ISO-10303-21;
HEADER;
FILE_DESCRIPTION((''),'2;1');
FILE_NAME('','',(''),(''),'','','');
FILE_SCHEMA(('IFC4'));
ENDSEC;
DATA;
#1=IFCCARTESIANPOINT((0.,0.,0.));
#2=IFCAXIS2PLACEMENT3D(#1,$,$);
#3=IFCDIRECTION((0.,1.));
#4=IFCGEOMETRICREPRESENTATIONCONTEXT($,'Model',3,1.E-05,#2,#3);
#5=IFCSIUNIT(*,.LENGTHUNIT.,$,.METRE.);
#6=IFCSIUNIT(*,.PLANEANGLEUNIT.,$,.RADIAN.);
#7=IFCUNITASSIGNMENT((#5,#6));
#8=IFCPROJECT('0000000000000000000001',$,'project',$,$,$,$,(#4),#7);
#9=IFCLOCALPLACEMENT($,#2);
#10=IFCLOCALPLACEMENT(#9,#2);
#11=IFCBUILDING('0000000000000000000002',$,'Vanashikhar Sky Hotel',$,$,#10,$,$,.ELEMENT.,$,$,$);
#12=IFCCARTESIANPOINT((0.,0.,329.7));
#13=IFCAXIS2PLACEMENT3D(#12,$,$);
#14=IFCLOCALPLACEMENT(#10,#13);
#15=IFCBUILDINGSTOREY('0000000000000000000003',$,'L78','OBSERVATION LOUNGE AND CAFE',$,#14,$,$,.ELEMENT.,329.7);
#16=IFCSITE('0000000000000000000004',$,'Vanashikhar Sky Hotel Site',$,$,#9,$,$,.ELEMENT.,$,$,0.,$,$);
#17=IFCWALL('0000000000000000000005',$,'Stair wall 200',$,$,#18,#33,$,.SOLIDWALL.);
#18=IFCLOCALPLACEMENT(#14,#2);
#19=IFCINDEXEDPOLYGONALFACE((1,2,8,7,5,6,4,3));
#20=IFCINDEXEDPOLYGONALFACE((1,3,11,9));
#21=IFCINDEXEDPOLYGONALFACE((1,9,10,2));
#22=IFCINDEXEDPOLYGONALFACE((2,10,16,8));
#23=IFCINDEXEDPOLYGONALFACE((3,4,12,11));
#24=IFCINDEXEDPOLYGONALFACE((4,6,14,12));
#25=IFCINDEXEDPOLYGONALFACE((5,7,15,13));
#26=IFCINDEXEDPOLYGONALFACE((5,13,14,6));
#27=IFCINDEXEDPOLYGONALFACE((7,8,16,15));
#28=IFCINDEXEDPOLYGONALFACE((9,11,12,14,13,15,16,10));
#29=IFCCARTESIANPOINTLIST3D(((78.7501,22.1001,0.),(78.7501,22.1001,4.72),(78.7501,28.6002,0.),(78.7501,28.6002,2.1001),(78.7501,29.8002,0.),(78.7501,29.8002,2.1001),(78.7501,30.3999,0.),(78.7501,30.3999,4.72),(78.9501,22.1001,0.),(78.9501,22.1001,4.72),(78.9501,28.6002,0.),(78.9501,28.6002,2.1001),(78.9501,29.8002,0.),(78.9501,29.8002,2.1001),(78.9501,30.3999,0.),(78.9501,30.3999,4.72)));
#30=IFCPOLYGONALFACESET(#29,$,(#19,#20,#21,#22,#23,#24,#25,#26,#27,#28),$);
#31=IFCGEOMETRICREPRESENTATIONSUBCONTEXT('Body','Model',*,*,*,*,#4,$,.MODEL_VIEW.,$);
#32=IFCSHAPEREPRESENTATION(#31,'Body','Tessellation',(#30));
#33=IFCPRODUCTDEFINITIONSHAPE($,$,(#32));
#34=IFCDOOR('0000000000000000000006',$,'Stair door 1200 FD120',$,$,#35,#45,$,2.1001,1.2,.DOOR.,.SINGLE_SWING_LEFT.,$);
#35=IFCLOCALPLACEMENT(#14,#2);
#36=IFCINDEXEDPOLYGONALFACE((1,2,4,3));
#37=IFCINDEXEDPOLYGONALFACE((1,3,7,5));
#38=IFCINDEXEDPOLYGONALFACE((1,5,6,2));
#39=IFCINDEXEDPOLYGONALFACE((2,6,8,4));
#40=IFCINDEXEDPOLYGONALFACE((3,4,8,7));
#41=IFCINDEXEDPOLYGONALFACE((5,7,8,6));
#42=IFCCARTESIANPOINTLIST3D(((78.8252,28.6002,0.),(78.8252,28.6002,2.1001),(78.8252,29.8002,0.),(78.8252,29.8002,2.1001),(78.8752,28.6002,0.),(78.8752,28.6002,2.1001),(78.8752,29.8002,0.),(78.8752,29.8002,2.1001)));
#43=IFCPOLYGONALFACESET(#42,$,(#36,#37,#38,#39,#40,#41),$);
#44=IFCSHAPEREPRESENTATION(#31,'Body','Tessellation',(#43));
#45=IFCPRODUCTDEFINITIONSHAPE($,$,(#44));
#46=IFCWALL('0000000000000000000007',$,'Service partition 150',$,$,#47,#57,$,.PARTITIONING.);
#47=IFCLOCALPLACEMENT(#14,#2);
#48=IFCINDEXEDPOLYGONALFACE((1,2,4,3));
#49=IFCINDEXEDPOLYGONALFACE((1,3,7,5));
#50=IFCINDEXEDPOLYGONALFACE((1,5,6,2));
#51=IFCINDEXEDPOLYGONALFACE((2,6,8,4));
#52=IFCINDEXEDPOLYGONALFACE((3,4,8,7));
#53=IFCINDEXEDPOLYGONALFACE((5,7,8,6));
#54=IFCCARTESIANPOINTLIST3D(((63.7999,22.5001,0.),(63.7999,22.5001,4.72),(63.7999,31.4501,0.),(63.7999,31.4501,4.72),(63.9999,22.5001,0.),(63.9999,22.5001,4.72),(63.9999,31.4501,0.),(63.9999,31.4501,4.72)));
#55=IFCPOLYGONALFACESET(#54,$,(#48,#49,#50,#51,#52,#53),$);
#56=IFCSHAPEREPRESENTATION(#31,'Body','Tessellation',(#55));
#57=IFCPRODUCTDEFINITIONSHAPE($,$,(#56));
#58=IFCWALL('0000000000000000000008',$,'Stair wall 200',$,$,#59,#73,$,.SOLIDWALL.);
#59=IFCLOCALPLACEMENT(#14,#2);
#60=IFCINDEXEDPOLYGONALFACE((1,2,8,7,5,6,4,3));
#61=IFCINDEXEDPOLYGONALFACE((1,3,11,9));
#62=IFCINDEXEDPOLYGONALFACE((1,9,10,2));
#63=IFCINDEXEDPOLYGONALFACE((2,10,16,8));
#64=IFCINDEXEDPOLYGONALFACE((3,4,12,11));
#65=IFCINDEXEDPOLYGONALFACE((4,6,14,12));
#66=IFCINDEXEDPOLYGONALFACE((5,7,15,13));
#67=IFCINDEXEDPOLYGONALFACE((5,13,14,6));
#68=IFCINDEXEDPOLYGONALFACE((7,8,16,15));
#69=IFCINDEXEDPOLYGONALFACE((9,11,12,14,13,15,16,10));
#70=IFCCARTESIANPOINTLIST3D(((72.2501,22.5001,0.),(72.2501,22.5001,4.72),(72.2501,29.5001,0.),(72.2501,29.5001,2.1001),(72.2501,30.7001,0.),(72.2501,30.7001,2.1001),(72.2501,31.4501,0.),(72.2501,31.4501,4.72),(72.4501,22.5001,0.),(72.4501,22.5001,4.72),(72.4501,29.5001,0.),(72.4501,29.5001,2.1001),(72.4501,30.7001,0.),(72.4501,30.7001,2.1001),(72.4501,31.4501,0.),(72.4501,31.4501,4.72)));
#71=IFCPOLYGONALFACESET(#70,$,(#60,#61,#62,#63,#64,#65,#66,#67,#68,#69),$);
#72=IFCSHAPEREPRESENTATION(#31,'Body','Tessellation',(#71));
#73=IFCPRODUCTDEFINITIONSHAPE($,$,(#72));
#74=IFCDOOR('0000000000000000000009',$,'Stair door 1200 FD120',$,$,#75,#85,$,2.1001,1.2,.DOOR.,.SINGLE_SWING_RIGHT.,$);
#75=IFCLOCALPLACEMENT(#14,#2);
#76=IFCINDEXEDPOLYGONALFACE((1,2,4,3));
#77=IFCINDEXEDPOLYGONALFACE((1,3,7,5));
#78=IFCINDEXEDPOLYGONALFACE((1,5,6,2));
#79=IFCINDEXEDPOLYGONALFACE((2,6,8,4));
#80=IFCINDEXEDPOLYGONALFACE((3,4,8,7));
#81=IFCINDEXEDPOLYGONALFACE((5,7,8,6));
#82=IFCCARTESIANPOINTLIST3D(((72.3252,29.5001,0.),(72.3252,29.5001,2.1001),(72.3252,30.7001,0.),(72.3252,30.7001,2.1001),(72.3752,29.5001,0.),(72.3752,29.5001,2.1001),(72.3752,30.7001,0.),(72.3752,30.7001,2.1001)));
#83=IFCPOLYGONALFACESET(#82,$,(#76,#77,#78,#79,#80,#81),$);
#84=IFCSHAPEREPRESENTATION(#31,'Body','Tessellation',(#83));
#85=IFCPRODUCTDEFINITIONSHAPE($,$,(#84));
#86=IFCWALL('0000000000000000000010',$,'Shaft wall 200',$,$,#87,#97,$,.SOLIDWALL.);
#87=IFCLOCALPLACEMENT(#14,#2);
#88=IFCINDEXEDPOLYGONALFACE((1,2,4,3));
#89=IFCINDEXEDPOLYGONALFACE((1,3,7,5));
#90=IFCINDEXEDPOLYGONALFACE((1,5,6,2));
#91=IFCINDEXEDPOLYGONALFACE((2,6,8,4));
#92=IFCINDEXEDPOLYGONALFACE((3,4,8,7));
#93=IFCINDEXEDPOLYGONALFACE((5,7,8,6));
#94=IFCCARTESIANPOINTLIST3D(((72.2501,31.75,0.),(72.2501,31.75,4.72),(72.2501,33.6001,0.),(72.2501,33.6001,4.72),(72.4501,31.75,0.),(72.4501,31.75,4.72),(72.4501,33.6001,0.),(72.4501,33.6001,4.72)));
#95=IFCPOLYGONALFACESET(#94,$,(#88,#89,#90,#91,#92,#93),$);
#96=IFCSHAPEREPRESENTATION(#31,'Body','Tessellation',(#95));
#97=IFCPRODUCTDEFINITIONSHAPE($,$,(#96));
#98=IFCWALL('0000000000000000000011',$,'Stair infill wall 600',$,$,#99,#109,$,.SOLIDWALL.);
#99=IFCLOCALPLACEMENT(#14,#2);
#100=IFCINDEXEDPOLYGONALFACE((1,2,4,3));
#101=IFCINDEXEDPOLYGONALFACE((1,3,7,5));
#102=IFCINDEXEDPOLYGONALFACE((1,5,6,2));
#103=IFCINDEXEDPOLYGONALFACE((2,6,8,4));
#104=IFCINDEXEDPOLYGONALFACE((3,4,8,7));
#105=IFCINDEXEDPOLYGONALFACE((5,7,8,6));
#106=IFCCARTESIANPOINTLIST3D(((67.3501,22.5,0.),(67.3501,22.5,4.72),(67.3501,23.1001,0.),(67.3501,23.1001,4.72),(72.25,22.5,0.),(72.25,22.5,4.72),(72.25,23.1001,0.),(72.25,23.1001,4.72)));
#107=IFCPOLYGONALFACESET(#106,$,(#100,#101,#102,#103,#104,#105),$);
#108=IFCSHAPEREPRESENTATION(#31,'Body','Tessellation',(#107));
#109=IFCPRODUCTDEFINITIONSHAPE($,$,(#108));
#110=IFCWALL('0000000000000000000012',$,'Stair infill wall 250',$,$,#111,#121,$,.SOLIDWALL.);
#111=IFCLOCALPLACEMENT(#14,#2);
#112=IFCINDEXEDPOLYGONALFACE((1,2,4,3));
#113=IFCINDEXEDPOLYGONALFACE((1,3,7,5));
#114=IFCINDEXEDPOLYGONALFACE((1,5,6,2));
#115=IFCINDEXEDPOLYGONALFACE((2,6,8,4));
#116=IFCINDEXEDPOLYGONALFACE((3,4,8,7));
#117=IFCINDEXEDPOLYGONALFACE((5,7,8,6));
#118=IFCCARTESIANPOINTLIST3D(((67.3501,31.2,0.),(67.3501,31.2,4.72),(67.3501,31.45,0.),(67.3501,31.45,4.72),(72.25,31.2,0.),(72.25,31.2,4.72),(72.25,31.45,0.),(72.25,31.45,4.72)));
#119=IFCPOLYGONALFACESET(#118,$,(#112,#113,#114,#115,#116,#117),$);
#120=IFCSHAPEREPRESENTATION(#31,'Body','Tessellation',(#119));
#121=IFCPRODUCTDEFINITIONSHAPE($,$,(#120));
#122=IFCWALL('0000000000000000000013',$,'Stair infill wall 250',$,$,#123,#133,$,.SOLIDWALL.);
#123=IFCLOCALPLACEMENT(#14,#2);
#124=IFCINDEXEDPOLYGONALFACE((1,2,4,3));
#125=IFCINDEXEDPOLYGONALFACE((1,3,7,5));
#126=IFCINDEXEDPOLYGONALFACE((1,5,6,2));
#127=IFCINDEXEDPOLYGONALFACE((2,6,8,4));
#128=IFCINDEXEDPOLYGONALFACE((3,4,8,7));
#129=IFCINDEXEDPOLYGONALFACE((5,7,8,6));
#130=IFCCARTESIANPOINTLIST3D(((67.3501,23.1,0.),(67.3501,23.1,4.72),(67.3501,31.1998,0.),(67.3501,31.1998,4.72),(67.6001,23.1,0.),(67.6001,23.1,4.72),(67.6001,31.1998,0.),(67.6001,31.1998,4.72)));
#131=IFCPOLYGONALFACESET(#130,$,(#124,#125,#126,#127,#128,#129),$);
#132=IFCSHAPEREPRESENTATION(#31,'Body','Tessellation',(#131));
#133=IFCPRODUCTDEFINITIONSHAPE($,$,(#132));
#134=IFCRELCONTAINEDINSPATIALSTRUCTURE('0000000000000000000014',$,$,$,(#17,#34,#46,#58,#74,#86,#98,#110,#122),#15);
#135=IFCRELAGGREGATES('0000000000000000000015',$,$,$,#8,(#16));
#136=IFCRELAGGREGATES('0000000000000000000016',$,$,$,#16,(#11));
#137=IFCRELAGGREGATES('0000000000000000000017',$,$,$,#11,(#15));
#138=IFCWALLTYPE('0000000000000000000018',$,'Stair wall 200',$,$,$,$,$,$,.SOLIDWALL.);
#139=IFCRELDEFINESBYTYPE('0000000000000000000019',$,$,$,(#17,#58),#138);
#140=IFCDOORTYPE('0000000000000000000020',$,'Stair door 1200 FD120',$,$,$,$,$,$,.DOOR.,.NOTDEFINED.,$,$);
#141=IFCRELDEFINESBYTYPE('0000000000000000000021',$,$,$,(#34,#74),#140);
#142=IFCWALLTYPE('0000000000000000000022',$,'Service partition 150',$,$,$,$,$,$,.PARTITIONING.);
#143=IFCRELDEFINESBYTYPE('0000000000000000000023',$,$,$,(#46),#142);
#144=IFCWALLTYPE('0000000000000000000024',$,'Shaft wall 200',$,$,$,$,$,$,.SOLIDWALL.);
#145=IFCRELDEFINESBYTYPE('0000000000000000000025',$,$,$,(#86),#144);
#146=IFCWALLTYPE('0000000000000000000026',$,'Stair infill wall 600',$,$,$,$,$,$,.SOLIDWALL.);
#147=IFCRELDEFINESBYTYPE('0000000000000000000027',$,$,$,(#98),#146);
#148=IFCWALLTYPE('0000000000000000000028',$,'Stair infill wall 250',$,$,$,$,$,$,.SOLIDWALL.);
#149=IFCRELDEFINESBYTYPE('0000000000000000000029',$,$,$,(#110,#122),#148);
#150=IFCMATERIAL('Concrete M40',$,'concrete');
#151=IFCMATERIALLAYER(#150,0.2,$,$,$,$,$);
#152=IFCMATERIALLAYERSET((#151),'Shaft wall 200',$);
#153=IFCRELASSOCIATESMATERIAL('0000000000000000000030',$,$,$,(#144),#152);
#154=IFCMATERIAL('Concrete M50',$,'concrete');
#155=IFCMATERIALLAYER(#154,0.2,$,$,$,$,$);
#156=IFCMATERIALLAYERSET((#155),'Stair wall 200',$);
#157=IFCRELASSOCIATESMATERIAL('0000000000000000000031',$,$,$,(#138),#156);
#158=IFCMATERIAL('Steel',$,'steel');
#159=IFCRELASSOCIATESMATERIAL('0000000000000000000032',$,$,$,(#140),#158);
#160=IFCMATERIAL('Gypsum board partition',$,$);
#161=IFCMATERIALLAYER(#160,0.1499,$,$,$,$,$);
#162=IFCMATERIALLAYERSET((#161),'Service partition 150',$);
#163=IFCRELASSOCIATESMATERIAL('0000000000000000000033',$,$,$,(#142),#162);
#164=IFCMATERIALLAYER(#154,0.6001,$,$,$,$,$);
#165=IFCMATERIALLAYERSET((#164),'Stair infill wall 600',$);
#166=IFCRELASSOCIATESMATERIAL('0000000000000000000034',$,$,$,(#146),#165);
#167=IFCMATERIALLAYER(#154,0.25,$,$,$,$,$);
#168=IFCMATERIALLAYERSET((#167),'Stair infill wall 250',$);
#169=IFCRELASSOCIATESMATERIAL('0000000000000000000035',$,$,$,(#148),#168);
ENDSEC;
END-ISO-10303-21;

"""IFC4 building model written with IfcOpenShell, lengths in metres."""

from ifc_helpers import new_model, si_unit, direction, frame, frame_2d, origin, place, context, subcontext, project, spatial, rectangle, extrude, source, transform, mapped, material, layer, layer_set, type_object, element, fill, save


model = new_model("IFC4")

# Units and contexts
model_context = context("Model", 3, precision=1e-05, world=origin(), true_north=direction((0.0, 1.0)))
body_context = subcontext(model_context, "Body", "Model", "MODEL_VIEW")
ifc_project = project(units=[si_unit("LENGTHUNIT", "METRE"), si_unit("PLANEANGLEUNIT", "RADIAN")], contexts=[model_context])

# Site, building, storey
site_placement = place(None, origin())
site = spatial("IfcSite", under=ifc_project, at=site_placement, Name="Vanashikhar Sky Hotel Site", CompositionType="ELEMENT", RefElevation=0.0)
building_placement = place(site_placement, origin())
building = spatial("IfcBuilding", under=site, at=building_placement, Name="Vanashikhar Sky Hotel", CompositionType="ELEMENT")
storey_placement = place(building_placement, frame((0.0, 0.0, 329.7)))
storey = spatial("IfcBuildingStorey", under=building, at=storey_placement, Name="L78", Description="OBSERVATION LOUNGE AND CAFE", CompositionType="ELEMENT", Elevation=329.7)

# Shared definitions
ifc_material_1 = material(Name="Concrete M50", Category="concrete")

# Shared definitions
ifc_material_2 = material(Name="Steel", Category="steel")
shared_shape_1 = source(origin(), body_context, "Body", "SweptSolid", [
    extrude(rectangle(XDim=1.2, YDim=2.1001, at=frame_2d((0.6001, 1.05))), frame((0.0, 0.0249, 0.0), z_axis=(0.0, -1.0, 0.0), x_axis=(1.0, 0.0, 0.0)), (0.0, 0.0, 1.0), 0.05),
])

# Shared definitions
ifc_material_3 = material(Name="Concrete M40", Category="concrete")
ifc_layer_1 = layer(ifc_material_3, 0.2)
ifc_layer_set_1 = layer_set([ifc_layer_1], Name="Shaft wall 200")
wall_type_1 = type_object("IfcWallType", Name="Shaft wall 200", PredefinedType="SOLIDWALL", material=ifc_layer_set_1)

# Wall, opening, door
ifc_layer_2 = layer(ifc_material_1, 0.2)
ifc_layer_set_2 = layer_set([ifc_layer_2], Name="Stair wall 200")
wall_type_2 = type_object("IfcWallType", Name="Stair wall 200", PredefinedType="SOLIDWALL", material=ifc_layer_set_2)
shared_shape_2 = source(origin(), body_context, "Body", "SweptSolid", [
    extrude(rectangle(XDim=8.2998, YDim=0.2, at=frame_2d((4.1499, 0.0))), origin(), (0.0, 0.0, 1.0), 4.72),
])
wall_1_placement = place(storey_placement, frame((78.8501, 22.1001, 0.0), z_axis=(0.0, 0.0, 1.0), x_axis=(0.0, 1.0, 0.0)))
wall_1 = element("IfcWall", 1, at=wall_1_placement, inside=storey, type_object=wall_type_2, Name="Stair wall 200", PredefinedType="SOLIDWALL", context=body_context, shape_type="MappedRepresentation", body=[
    mapped(shared_shape_2, transform((0.0, 0.0, 0.0), scale=1.0)),
])
shared_shape_3 = source(origin(), body_context, "Body", "SweptSolid", [
    extrude(rectangle(XDim=1.2, YDim=2.1001, at=frame_2d((0.6001, 1.05))), frame((0.0, 0.1099, 0.0), z_axis=(0.0, -1.0, 0.0), x_axis=(1.0, 0.0, 0.0)), (0.0, 0.0, 1.0), 0.22),
])
opening_1_placement = place(wall_1_placement, frame((6.5, 0.0, 0.0)))
opening_1 = element("IfcOpeningElement", 2, at=opening_1_placement, cuts=wall_1, PredefinedType="OPENING", context=body_context, shape_type="MappedRepresentation", body=[
    mapped(shared_shape_3, transform((0.0, 0.0, 0.0), scale=1.0)),
])
door_type_1 = type_object("IfcDoorType", Name="Stair door 1200 FD120", OperationType="NOTDEFINED", PredefinedType="DOOR", material=ifc_material_2)
door_1_placement = place(opening_1_placement, origin())
door_1 = element("IfcDoor", 3, at=door_1_placement, inside=storey, type_object=door_type_1, Name="Stair door 1200 FD120", OperationType="SINGLE_SWING_LEFT", OverallHeight=2.1001, OverallWidth=1.2, PredefinedType="DOOR", context=body_context, shape_type="MappedRepresentation", body=[
    mapped(shared_shape_1, transform((0.0, 0.0, 0.0), scale=1.0)),
])
fill(opening_1, door_1)

# Wall
ifc_material_4 = material(Name="Gypsum board partition")
ifc_layer_3 = layer(ifc_material_4, 0.1499)
ifc_layer_set_3 = layer_set([ifc_layer_3], Name="Service partition 150")
wall_type_3 = type_object("IfcWallType", Name="Service partition 150", PredefinedType="PARTITIONING", material=ifc_layer_set_3)
shared_shape_4 = source(origin(), body_context, "Body", "SweptSolid", [
    extrude(rectangle(XDim=8.95, YDim=0.2, at=frame_2d((4.4751, 0.0))), origin(), (0.0, 0.0, 1.0), 4.72),
])
wall_2_placement = place(storey_placement, frame((63.8999, 22.5, 0.0), z_axis=(0.0, 0.0, 1.0), x_axis=(0.0, 1.0, 0.0)))
element("IfcWall", 4, at=wall_2_placement, inside=storey, type_object=wall_type_3, Name="Service partition 150", PredefinedType="PARTITIONING", context=body_context, shape_type="MappedRepresentation", body=[
    mapped(shared_shape_4, transform((0.0, 0.0, 0.0), scale=1.0)),
])

# Wall, opening, door
shared_shape_5 = source(origin(), body_context, "Body", "SweptSolid", [
    extrude(rectangle(XDim=8.95, YDim=0.2, at=frame_2d((4.4751, 0.0))), origin(), (0.0, 0.0, 1.0), 4.72),
])
wall_3_placement = place(storey_placement, frame((72.3501, 22.5, 0.0), z_axis=(0.0, 0.0, 1.0), x_axis=(0.0, 1.0, 0.0)))
wall_3 = element("IfcWall", 5, at=wall_3_placement, inside=storey, type_object=wall_type_2, Name="Stair wall 200", PredefinedType="SOLIDWALL", context=body_context, shape_type="MappedRepresentation", body=[
    mapped(shared_shape_5, transform((0.0, 0.0, 0.0), scale=1.0)),
])
opening_2_placement = place(wall_3_placement, frame((7.0, 0.0, 0.0)))
opening_2 = element("IfcOpeningElement", 6, at=opening_2_placement, cuts=wall_3, PredefinedType="OPENING", context=body_context, shape_type="MappedRepresentation", body=[
    mapped(shared_shape_3, transform((0.0, 0.0, 0.0), scale=1.0)),
])
door_2_placement = place(opening_2_placement, origin())
door_2 = element("IfcDoor", 7, at=door_2_placement, inside=storey, type_object=door_type_1, Name="Stair door 1200 FD120", OperationType="SINGLE_SWING_RIGHT", OverallHeight=2.1001, OverallWidth=1.2, PredefinedType="DOOR", context=body_context, shape_type="MappedRepresentation", body=[
    mapped(shared_shape_1, transform((0.0, 0.0, 0.0), scale=1.0)),
])
fill(opening_2, door_2)

# Walls
shared_shape_6 = source(origin(), body_context, "Body", "SweptSolid", [
    extrude(rectangle(XDim=1.8501, YDim=0.2, at=frame_2d((0.925, 0.0))), origin(), (0.0, 0.0, 1.0), 4.72),
])
wall_4_placement = place(storey_placement, frame((72.3501, 31.75, 0.0), z_axis=(0.0, 0.0, 1.0), x_axis=(0.0, 1.0, 0.0)))
element("IfcWall", 8, at=wall_4_placement, inside=storey, type_object=wall_type_1, Name="Shaft wall 200", PredefinedType="SOLIDWALL", context=body_context, shape_type="MappedRepresentation", body=[
    mapped(shared_shape_6, transform((0.0, 0.0, 0.0), scale=1.0)),
])
ifc_layer_4 = layer(ifc_material_1, 0.6001)
ifc_layer_set_4 = layer_set([ifc_layer_4], Name="Stair infill wall 600")
wall_type_4 = type_object("IfcWallType", Name="Stair infill wall 600", PredefinedType="SOLIDWALL", material=ifc_layer_set_4)
shared_shape_7 = source(origin(), body_context, "Body", "SweptSolid", [
    extrude(rectangle(XDim=4.8999, YDim=0.6001, at=frame_2d((2.45, 0.0))), origin(), (0.0, 0.0, 1.0), 4.72),
])
wall_5_placement = place(storey_placement, frame((67.3501, 22.8, 0.0), z_axis=(0.0, 0.0, 1.0), x_axis=(1.0, 0.0, 0.0)))
element("IfcWall", 9, at=wall_5_placement, inside=storey, type_object=wall_type_4, Name="Stair infill wall 600", PredefinedType="SOLIDWALL", context=body_context, shape_type="MappedRepresentation", body=[
    mapped(shared_shape_7, transform((0.0, 0.0, 0.0), scale=1.0)),
])
ifc_layer_5 = layer(ifc_material_1, 0.25)
ifc_layer_set_5 = layer_set([ifc_layer_5], Name="Stair infill wall 250")
wall_type_5 = type_object("IfcWallType", Name="Stair infill wall 250", PredefinedType="SOLIDWALL", material=ifc_layer_set_5)
shared_shape_8 = source(origin(), body_context, "Body", "SweptSolid", [
    extrude(rectangle(XDim=4.8999, YDim=0.25, at=frame_2d((2.45, 0.0))), origin(), (0.0, 0.0, 1.0), 4.72),
])
wall_6_placement = place(storey_placement, frame((67.3501, 31.325, 0.0), z_axis=(0.0, 0.0, 1.0), x_axis=(1.0, 0.0, 0.0)))
element("IfcWall", 10, at=wall_6_placement, inside=storey, type_object=wall_type_5, Name="Stair infill wall 250", PredefinedType="SOLIDWALL", context=body_context, shape_type="MappedRepresentation", body=[
    mapped(shared_shape_8, transform((0.0, 0.0, 0.0), scale=1.0)),
])
shared_shape_9 = source(origin(), body_context, "Body", "SweptSolid", [
    extrude(rectangle(XDim=8.0999, YDim=0.25, at=frame_2d((4.0498, 0.0))), origin(), (0.0, 0.0, 1.0), 4.72),
])
wall_7_placement = place(storey_placement, frame((67.4751, 23.1001, 0.0), z_axis=(0.0, 0.0, 1.0), x_axis=(0.0, 1.0, 0.0)))
element("IfcWall", 11, at=wall_7_placement, inside=storey, type_object=wall_type_5, Name="Stair infill wall 250", PredefinedType="SOLIDWALL", context=body_context, shape_type="MappedRepresentation", body=[
    mapped(shared_shape_9, transform((0.0, 0.0, 0.0), scale=1.0)),
])

save(model, "model.ifc")
